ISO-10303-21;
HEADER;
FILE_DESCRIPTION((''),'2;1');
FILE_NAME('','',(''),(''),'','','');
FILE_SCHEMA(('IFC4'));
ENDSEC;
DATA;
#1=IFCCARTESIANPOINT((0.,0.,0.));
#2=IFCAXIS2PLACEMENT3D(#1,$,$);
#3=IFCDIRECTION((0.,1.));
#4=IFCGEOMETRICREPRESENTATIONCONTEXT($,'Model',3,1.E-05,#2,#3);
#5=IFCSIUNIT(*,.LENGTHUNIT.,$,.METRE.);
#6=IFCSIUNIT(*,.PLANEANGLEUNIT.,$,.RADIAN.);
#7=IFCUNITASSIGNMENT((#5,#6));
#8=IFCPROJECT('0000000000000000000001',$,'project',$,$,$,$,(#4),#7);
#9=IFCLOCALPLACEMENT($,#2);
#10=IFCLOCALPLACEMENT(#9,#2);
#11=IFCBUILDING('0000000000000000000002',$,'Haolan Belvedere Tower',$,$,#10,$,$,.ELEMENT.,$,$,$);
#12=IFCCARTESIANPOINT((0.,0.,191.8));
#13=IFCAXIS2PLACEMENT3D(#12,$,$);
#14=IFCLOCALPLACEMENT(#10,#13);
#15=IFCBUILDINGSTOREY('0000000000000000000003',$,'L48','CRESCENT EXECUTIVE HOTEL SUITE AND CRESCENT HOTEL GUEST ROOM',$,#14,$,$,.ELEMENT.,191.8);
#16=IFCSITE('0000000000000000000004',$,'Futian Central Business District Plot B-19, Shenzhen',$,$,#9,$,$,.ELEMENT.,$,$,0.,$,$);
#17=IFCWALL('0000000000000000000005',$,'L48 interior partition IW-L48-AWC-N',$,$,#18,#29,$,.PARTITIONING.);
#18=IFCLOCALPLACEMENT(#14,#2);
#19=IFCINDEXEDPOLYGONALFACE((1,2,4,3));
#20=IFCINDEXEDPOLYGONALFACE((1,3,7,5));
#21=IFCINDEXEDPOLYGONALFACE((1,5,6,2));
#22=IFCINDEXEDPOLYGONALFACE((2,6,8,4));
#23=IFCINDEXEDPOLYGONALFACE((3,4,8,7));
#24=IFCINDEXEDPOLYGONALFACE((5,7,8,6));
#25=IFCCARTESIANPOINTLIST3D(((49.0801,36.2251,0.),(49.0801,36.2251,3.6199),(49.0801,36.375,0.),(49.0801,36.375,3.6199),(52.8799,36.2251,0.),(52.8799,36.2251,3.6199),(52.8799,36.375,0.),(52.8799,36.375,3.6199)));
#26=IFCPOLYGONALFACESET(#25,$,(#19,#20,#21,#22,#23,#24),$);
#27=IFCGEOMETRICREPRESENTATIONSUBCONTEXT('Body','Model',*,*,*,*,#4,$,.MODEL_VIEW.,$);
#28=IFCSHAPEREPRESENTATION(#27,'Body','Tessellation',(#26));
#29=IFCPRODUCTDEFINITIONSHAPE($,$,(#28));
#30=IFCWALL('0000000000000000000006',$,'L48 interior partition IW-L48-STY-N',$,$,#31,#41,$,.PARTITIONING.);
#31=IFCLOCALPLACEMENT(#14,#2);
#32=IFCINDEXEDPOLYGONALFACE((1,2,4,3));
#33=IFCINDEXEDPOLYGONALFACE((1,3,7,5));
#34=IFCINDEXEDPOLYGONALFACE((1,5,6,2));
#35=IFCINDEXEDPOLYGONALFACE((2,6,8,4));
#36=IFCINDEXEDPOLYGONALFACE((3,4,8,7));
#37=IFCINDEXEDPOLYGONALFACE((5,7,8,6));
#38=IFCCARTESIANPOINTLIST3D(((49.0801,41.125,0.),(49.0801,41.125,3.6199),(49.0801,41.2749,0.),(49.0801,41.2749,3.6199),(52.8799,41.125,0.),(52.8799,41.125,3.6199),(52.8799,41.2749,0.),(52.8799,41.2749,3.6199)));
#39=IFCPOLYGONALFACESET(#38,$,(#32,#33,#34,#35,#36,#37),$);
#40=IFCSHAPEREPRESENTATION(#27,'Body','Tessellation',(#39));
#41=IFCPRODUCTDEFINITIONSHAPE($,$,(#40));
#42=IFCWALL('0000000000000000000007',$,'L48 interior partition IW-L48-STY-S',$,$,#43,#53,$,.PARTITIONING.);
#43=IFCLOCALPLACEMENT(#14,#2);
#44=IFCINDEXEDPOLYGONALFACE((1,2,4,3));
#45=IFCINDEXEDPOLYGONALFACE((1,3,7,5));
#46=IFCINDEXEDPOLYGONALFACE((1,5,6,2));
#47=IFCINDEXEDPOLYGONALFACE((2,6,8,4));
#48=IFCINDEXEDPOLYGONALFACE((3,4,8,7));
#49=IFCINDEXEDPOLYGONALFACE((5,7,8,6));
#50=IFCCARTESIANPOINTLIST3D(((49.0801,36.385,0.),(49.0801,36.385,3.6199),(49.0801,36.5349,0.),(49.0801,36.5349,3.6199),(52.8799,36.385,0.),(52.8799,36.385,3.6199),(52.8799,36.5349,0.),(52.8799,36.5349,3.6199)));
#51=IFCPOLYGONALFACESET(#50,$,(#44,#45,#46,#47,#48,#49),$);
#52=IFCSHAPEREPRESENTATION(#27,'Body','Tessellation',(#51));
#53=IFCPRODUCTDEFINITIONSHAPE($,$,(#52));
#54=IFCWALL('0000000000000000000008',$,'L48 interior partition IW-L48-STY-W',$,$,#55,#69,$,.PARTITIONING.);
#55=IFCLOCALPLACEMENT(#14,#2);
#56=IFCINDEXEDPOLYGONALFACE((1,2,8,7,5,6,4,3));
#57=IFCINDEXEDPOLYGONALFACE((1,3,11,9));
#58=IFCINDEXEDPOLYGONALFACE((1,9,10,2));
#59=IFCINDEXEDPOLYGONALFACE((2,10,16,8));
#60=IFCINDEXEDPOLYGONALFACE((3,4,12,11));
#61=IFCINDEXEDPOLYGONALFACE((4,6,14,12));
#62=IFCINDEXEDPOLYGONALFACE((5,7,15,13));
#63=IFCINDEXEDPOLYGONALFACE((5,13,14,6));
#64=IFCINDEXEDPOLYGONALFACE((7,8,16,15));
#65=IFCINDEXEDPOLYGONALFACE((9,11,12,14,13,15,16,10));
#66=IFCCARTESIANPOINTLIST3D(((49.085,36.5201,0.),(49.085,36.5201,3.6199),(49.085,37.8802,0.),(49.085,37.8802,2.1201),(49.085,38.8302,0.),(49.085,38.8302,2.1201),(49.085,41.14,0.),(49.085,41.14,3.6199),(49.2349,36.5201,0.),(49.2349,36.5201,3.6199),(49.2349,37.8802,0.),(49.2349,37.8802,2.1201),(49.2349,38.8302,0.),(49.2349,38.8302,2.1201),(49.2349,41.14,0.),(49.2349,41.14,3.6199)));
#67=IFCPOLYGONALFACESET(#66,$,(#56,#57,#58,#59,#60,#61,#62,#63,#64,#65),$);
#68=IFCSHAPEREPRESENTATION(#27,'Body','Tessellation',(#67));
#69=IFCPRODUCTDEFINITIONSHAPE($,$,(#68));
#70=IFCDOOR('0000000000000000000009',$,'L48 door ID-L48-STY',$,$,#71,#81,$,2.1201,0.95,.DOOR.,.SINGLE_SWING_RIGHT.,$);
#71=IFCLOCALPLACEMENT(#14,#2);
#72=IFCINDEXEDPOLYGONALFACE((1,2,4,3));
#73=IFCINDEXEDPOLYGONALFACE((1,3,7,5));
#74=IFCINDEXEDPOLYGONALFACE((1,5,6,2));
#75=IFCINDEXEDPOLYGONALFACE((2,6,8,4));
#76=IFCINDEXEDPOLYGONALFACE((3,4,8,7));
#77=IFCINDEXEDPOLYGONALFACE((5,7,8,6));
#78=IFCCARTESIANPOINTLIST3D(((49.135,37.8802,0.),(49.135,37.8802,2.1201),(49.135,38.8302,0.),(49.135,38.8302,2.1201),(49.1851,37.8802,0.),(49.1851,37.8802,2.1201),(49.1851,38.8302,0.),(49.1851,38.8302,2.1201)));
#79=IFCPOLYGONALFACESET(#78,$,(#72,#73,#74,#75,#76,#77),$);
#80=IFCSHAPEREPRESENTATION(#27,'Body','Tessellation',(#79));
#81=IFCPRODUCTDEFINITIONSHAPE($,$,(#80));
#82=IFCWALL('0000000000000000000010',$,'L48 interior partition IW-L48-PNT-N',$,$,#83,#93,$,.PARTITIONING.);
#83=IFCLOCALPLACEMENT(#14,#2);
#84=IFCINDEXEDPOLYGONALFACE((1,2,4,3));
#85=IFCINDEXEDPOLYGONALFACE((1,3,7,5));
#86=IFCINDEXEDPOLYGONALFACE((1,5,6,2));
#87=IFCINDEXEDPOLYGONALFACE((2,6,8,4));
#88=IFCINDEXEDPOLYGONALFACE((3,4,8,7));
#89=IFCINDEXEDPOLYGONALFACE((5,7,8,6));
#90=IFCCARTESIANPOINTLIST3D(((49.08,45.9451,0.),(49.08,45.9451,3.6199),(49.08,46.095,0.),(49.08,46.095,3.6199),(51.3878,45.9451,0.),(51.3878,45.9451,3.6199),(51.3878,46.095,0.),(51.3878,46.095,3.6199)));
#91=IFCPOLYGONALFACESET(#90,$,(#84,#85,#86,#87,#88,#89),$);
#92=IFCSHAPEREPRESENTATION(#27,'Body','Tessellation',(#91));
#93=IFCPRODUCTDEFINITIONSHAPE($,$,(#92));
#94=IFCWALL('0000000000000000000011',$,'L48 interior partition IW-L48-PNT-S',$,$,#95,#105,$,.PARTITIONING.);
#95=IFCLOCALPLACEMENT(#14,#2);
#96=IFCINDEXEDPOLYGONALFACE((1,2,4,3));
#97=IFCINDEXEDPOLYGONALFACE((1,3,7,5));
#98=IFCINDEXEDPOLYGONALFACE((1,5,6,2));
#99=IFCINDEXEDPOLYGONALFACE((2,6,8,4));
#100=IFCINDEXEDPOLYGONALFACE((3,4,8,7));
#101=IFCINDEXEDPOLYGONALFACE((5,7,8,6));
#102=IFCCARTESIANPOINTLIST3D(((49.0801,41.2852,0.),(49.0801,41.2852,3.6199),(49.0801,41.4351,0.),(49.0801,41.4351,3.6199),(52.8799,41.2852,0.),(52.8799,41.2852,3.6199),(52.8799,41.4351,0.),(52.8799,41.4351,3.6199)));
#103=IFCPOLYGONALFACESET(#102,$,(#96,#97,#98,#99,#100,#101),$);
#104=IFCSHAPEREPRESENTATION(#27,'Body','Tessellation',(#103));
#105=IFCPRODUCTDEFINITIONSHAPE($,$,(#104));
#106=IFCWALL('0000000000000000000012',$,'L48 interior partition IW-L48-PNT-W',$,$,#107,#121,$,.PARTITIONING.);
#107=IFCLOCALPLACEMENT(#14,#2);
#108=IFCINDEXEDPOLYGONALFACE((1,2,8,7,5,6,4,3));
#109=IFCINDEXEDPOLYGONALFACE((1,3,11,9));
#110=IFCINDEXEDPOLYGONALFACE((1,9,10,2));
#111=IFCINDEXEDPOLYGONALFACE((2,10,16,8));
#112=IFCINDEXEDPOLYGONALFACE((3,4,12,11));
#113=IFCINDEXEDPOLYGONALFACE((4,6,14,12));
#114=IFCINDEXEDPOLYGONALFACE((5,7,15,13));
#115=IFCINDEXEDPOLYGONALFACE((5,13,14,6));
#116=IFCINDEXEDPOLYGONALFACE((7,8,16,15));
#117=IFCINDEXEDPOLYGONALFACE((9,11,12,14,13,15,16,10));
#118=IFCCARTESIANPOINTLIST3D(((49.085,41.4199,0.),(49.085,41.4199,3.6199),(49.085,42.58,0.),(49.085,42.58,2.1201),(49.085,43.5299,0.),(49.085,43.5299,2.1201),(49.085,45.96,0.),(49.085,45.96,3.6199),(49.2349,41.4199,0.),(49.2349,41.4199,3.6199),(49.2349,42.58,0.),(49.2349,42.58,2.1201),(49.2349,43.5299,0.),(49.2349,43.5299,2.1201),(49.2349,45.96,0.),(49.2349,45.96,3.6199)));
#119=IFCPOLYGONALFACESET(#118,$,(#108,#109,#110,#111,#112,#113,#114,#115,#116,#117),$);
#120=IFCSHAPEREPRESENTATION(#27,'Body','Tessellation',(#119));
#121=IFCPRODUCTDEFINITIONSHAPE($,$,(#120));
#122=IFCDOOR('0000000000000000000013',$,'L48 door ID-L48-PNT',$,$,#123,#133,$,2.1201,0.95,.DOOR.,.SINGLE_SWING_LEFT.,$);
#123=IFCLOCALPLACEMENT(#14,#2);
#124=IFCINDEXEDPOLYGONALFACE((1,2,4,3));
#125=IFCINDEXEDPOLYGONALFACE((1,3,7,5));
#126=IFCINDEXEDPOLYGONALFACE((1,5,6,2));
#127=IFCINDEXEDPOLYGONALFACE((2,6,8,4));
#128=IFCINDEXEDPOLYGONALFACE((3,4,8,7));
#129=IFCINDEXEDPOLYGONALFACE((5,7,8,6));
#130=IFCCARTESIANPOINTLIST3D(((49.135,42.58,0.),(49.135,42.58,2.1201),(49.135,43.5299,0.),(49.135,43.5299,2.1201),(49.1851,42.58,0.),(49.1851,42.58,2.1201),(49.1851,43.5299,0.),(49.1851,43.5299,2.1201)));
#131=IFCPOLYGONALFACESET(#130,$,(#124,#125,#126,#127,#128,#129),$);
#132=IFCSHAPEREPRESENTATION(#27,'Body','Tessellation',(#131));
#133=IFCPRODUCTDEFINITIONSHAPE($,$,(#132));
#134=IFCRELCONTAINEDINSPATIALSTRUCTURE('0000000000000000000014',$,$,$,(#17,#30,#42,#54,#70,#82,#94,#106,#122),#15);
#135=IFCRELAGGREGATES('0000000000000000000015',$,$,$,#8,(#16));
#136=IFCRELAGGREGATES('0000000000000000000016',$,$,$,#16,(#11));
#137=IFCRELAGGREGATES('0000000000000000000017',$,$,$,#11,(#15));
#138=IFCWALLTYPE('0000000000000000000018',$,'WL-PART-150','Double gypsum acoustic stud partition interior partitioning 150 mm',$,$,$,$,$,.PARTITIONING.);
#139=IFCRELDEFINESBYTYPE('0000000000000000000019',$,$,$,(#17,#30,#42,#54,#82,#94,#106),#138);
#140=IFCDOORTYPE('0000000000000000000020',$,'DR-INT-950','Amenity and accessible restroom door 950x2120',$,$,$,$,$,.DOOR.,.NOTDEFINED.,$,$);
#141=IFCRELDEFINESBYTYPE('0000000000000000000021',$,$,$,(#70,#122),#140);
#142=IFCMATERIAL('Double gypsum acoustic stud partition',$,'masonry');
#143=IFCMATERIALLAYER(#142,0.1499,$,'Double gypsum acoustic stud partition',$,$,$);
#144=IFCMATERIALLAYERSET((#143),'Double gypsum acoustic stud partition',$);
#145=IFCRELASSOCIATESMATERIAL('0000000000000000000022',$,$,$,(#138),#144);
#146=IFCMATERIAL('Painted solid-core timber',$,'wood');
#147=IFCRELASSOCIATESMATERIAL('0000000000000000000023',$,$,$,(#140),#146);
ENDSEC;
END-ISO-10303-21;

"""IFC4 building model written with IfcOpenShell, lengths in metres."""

from ifc_helpers import new_model, si_unit, direction, frame, frame_2d, origin, place, context, subcontext, project, spatial, rectangle, extrude, material, layer, layer_set, type_object, element, fill, save


model = new_model("IFC4")

# Units and contexts
model_context = context("Model", 3, precision=1e-05, world=origin(), true_north=direction((0.0, 1.0)))
body_context = subcontext(model_context, "Body", "Model", "MODEL_VIEW")
ifc_project = project(units=[si_unit("LENGTHUNIT", "METRE"), si_unit("PLANEANGLEUNIT", "RADIAN")], contexts=[model_context])

# Site, building, storey
site_placement = place(None, origin())
site = spatial("IfcSite", under=ifc_project, at=site_placement, Name="Futian Central Business District Plot B-19, Shenzhen", CompositionType="ELEMENT", RefElevation=0.0)
building_placement = place(site_placement, origin())
building = spatial("IfcBuilding", under=site, at=building_placement, Name="Haolan Belvedere Tower", CompositionType="ELEMENT")
storey_placement = place(building_placement, frame((0.0, 0.0, 191.8)))
storey = spatial("IfcBuildingStorey", under=building, at=storey_placement, Name="L48", Description="CRESCENT EXECUTIVE HOTEL SUITE AND CRESCENT HOTEL GUEST ROOM", CompositionType="ELEMENT", Elevation=191.8)

# Walls
ifc_material_1 = material(Name="Double gypsum acoustic stud partition", Category="masonry")
ifc_layer_1 = layer(ifc_material_1, 0.1499, Name="Double gypsum acoustic stud partition")
ifc_layer_set_1 = layer_set([ifc_layer_1], Name="Double gypsum acoustic stud partition")
wall_type_1 = type_object("IfcWallType", Name="WL-PART-150", Description="Double gypsum acoustic stud partition interior partitioning 150 mm", PredefinedType="PARTITIONING", material=ifc_layer_set_1)
for number, where, z_axis, x_axis, name in (
    (1, (49.0801, 36.3, 0.0), (0.0, 0.0, 1.0), (1.0, 0.0, 0.0), "L48 interior partition IW-L48-AWC-N"),
    (2, (49.0801, 41.2, 0.0), (0.0, 0.0, 1.0), (1.0, 0.0, 0.0), "L48 interior partition IW-L48-STY-N"),
    (3, (49.0801, 36.46, 0.0), (0.0, 0.0, 1.0), (1.0, 0.0, 0.0), "L48 interior partition IW-L48-STY-S"),
):
    element("IfcWall", number, at=place(storey_placement, frame(where, z_axis=z_axis, x_axis=x_axis)), inside=storey, type_object=wall_type_1, Name=name, PredefinedType="PARTITIONING", context=body_context, shape_type="SweptSolid", body=[
        extrude(rectangle(XDim=3.7998, YDim=0.1499, at=frame_2d((1.8999, 0.0))), origin(), (0.0, 0.0, 1.0), 3.6199),
    ])

# Wall, opening, door
wall_1_placement = place(storey_placement, frame((49.1599, 36.52, 0.0), z_axis=(0.0, 0.0, 1.0), x_axis=(0.0, 1.0, 0.0)))
wall_1 = element("IfcWall", 4, at=wall_1_placement, inside=storey, type_object=wall_type_1, Name="L48 interior partition IW-L48-STY-W", PredefinedType="PARTITIONING", context=body_context, shape_type="SweptSolid", body=[
    extrude(rectangle(XDim=4.6199, YDim=0.1499, at=frame_2d((2.3101, 0.0))), origin(), (0.0, 0.0, 1.0), 3.6199),
])
opening_1_placement = place(wall_1_placement, frame((1.3601, 0.0, 0.0)))
opening_1 = element("IfcOpeningElement", 5, at=opening_1_placement, cuts=wall_1, PredefinedType="OPENING", context=body_context, shape_type="SweptSolid", body=[
    extrude(rectangle(XDim=0.95, YDim=2.1201, at=frame_2d((0.4751, 1.0601))), frame((0.0, 0.085, 0.0), z_axis=(0.0, -1.0, 0.0), x_axis=(1.0, 0.0, 0.0)), (0.0, 0.0, 1.0), 0.1699),
])
ifc_material_2 = material(Name="Painted solid-core timber", Category="wood")
door_type = type_object("IfcDoorType", Name="DR-INT-950", Description="Amenity and accessible restroom door 950x2120", OperationType="NOTDEFINED", PredefinedType="DOOR", material=ifc_material_2)
door_1_placement = place(opening_1_placement, origin())
door_1 = element("IfcDoor", 6, at=door_1_placement, inside=storey, type_object=door_type, Name="L48 door ID-L48-STY", OperationType="SINGLE_SWING_RIGHT", OverallHeight=2.1201, OverallWidth=0.95, PredefinedType="DOOR", context=body_context, shape_type="SweptSolid", body=[
    extrude(rectangle(XDim=0.95, YDim=2.1201, at=frame_2d((0.4751, 1.0601))), frame((0.0, 0.0249, 0.0), z_axis=(0.0, -1.0, 0.0), x_axis=(1.0, 0.0, 0.0)), (0.0, 0.0, 1.0), 0.05),
])
fill(opening_1, door_1)

# Walls
wall_2_placement = place(storey_placement, frame((49.0801, 46.02, 0.0), z_axis=(0.0, 0.0, 1.0), x_axis=(1.0, 0.0, 0.0)))
element("IfcWall", 7, at=wall_2_placement, inside=storey, type_object=wall_type_1, Name="L48 interior partition IW-L48-PNT-N", PredefinedType="PARTITIONING", context=body_context, shape_type="SweptSolid", body=[
    extrude(rectangle(XDim=2.3079, YDim=0.1499, at=frame_2d((1.1538, 0.0))), origin(), (0.0, 0.0, 1.0), 3.6199),
])
wall_3_placement = place(storey_placement, frame((49.0801, 41.3601, 0.0), z_axis=(0.0, 0.0, 1.0), x_axis=(1.0, 0.0, 0.0)))
element("IfcWall", 8, at=wall_3_placement, inside=storey, type_object=wall_type_1, Name="L48 interior partition IW-L48-PNT-S", PredefinedType="PARTITIONING", context=body_context, shape_type="SweptSolid", body=[
    extrude(rectangle(XDim=3.7998, YDim=0.1499, at=frame_2d((1.8999, 0.0))), origin(), (0.0, 0.0, 1.0), 3.6199),
])

# Wall, opening, door
wall_4_placement = place(storey_placement, frame((49.1599, 41.4199, 0.0), z_axis=(0.0, 0.0, 1.0), x_axis=(0.0, 1.0, 0.0)))
wall_4 = element("IfcWall", 9, at=wall_4_placement, inside=storey, type_object=wall_type_1, Name="L48 interior partition IW-L48-PNT-W", PredefinedType="PARTITIONING", context=body_context, shape_type="SweptSolid", body=[
    extrude(rectangle(XDim=4.54, YDim=0.1499, at=frame_2d((2.27, 0.0))), origin(), (0.0, 0.0, 1.0), 3.6199),
])
opening_2_placement = place(wall_4_placement, frame((1.1599, 0.0, 0.0)))
opening_2 = element("IfcOpeningElement", 10, at=opening_2_placement, cuts=wall_4, PredefinedType="OPENING", context=body_context, shape_type="SweptSolid", body=[
    extrude(rectangle(XDim=0.95, YDim=2.1201, at=frame_2d((0.4751, 1.0601))), frame((0.0, 0.085, 0.0), z_axis=(0.0, -1.0, 0.0), x_axis=(1.0, 0.0, 0.0)), (0.0, 0.0, 1.0), 0.1699),
])
door_2_placement = place(opening_2_placement, origin())
door_2 = element("IfcDoor", 11, at=door_2_placement, inside=storey, type_object=door_type, Name="L48 door ID-L48-PNT", OperationType="SINGLE_SWING_LEFT", OverallHeight=2.1201, OverallWidth=0.95, PredefinedType="DOOR", context=body_context, shape_type="SweptSolid", body=[
    extrude(rectangle(XDim=0.95, YDim=2.1201, at=frame_2d((0.4751, 1.0601))), frame((0.0, 0.0249, 0.0), z_axis=(0.0, -1.0, 0.0), x_axis=(1.0, 0.0, 0.0)), (0.0, 0.0, 1.0), 0.05),
])
fill(opening_2, door_2)

save(model, "model.ifc")
